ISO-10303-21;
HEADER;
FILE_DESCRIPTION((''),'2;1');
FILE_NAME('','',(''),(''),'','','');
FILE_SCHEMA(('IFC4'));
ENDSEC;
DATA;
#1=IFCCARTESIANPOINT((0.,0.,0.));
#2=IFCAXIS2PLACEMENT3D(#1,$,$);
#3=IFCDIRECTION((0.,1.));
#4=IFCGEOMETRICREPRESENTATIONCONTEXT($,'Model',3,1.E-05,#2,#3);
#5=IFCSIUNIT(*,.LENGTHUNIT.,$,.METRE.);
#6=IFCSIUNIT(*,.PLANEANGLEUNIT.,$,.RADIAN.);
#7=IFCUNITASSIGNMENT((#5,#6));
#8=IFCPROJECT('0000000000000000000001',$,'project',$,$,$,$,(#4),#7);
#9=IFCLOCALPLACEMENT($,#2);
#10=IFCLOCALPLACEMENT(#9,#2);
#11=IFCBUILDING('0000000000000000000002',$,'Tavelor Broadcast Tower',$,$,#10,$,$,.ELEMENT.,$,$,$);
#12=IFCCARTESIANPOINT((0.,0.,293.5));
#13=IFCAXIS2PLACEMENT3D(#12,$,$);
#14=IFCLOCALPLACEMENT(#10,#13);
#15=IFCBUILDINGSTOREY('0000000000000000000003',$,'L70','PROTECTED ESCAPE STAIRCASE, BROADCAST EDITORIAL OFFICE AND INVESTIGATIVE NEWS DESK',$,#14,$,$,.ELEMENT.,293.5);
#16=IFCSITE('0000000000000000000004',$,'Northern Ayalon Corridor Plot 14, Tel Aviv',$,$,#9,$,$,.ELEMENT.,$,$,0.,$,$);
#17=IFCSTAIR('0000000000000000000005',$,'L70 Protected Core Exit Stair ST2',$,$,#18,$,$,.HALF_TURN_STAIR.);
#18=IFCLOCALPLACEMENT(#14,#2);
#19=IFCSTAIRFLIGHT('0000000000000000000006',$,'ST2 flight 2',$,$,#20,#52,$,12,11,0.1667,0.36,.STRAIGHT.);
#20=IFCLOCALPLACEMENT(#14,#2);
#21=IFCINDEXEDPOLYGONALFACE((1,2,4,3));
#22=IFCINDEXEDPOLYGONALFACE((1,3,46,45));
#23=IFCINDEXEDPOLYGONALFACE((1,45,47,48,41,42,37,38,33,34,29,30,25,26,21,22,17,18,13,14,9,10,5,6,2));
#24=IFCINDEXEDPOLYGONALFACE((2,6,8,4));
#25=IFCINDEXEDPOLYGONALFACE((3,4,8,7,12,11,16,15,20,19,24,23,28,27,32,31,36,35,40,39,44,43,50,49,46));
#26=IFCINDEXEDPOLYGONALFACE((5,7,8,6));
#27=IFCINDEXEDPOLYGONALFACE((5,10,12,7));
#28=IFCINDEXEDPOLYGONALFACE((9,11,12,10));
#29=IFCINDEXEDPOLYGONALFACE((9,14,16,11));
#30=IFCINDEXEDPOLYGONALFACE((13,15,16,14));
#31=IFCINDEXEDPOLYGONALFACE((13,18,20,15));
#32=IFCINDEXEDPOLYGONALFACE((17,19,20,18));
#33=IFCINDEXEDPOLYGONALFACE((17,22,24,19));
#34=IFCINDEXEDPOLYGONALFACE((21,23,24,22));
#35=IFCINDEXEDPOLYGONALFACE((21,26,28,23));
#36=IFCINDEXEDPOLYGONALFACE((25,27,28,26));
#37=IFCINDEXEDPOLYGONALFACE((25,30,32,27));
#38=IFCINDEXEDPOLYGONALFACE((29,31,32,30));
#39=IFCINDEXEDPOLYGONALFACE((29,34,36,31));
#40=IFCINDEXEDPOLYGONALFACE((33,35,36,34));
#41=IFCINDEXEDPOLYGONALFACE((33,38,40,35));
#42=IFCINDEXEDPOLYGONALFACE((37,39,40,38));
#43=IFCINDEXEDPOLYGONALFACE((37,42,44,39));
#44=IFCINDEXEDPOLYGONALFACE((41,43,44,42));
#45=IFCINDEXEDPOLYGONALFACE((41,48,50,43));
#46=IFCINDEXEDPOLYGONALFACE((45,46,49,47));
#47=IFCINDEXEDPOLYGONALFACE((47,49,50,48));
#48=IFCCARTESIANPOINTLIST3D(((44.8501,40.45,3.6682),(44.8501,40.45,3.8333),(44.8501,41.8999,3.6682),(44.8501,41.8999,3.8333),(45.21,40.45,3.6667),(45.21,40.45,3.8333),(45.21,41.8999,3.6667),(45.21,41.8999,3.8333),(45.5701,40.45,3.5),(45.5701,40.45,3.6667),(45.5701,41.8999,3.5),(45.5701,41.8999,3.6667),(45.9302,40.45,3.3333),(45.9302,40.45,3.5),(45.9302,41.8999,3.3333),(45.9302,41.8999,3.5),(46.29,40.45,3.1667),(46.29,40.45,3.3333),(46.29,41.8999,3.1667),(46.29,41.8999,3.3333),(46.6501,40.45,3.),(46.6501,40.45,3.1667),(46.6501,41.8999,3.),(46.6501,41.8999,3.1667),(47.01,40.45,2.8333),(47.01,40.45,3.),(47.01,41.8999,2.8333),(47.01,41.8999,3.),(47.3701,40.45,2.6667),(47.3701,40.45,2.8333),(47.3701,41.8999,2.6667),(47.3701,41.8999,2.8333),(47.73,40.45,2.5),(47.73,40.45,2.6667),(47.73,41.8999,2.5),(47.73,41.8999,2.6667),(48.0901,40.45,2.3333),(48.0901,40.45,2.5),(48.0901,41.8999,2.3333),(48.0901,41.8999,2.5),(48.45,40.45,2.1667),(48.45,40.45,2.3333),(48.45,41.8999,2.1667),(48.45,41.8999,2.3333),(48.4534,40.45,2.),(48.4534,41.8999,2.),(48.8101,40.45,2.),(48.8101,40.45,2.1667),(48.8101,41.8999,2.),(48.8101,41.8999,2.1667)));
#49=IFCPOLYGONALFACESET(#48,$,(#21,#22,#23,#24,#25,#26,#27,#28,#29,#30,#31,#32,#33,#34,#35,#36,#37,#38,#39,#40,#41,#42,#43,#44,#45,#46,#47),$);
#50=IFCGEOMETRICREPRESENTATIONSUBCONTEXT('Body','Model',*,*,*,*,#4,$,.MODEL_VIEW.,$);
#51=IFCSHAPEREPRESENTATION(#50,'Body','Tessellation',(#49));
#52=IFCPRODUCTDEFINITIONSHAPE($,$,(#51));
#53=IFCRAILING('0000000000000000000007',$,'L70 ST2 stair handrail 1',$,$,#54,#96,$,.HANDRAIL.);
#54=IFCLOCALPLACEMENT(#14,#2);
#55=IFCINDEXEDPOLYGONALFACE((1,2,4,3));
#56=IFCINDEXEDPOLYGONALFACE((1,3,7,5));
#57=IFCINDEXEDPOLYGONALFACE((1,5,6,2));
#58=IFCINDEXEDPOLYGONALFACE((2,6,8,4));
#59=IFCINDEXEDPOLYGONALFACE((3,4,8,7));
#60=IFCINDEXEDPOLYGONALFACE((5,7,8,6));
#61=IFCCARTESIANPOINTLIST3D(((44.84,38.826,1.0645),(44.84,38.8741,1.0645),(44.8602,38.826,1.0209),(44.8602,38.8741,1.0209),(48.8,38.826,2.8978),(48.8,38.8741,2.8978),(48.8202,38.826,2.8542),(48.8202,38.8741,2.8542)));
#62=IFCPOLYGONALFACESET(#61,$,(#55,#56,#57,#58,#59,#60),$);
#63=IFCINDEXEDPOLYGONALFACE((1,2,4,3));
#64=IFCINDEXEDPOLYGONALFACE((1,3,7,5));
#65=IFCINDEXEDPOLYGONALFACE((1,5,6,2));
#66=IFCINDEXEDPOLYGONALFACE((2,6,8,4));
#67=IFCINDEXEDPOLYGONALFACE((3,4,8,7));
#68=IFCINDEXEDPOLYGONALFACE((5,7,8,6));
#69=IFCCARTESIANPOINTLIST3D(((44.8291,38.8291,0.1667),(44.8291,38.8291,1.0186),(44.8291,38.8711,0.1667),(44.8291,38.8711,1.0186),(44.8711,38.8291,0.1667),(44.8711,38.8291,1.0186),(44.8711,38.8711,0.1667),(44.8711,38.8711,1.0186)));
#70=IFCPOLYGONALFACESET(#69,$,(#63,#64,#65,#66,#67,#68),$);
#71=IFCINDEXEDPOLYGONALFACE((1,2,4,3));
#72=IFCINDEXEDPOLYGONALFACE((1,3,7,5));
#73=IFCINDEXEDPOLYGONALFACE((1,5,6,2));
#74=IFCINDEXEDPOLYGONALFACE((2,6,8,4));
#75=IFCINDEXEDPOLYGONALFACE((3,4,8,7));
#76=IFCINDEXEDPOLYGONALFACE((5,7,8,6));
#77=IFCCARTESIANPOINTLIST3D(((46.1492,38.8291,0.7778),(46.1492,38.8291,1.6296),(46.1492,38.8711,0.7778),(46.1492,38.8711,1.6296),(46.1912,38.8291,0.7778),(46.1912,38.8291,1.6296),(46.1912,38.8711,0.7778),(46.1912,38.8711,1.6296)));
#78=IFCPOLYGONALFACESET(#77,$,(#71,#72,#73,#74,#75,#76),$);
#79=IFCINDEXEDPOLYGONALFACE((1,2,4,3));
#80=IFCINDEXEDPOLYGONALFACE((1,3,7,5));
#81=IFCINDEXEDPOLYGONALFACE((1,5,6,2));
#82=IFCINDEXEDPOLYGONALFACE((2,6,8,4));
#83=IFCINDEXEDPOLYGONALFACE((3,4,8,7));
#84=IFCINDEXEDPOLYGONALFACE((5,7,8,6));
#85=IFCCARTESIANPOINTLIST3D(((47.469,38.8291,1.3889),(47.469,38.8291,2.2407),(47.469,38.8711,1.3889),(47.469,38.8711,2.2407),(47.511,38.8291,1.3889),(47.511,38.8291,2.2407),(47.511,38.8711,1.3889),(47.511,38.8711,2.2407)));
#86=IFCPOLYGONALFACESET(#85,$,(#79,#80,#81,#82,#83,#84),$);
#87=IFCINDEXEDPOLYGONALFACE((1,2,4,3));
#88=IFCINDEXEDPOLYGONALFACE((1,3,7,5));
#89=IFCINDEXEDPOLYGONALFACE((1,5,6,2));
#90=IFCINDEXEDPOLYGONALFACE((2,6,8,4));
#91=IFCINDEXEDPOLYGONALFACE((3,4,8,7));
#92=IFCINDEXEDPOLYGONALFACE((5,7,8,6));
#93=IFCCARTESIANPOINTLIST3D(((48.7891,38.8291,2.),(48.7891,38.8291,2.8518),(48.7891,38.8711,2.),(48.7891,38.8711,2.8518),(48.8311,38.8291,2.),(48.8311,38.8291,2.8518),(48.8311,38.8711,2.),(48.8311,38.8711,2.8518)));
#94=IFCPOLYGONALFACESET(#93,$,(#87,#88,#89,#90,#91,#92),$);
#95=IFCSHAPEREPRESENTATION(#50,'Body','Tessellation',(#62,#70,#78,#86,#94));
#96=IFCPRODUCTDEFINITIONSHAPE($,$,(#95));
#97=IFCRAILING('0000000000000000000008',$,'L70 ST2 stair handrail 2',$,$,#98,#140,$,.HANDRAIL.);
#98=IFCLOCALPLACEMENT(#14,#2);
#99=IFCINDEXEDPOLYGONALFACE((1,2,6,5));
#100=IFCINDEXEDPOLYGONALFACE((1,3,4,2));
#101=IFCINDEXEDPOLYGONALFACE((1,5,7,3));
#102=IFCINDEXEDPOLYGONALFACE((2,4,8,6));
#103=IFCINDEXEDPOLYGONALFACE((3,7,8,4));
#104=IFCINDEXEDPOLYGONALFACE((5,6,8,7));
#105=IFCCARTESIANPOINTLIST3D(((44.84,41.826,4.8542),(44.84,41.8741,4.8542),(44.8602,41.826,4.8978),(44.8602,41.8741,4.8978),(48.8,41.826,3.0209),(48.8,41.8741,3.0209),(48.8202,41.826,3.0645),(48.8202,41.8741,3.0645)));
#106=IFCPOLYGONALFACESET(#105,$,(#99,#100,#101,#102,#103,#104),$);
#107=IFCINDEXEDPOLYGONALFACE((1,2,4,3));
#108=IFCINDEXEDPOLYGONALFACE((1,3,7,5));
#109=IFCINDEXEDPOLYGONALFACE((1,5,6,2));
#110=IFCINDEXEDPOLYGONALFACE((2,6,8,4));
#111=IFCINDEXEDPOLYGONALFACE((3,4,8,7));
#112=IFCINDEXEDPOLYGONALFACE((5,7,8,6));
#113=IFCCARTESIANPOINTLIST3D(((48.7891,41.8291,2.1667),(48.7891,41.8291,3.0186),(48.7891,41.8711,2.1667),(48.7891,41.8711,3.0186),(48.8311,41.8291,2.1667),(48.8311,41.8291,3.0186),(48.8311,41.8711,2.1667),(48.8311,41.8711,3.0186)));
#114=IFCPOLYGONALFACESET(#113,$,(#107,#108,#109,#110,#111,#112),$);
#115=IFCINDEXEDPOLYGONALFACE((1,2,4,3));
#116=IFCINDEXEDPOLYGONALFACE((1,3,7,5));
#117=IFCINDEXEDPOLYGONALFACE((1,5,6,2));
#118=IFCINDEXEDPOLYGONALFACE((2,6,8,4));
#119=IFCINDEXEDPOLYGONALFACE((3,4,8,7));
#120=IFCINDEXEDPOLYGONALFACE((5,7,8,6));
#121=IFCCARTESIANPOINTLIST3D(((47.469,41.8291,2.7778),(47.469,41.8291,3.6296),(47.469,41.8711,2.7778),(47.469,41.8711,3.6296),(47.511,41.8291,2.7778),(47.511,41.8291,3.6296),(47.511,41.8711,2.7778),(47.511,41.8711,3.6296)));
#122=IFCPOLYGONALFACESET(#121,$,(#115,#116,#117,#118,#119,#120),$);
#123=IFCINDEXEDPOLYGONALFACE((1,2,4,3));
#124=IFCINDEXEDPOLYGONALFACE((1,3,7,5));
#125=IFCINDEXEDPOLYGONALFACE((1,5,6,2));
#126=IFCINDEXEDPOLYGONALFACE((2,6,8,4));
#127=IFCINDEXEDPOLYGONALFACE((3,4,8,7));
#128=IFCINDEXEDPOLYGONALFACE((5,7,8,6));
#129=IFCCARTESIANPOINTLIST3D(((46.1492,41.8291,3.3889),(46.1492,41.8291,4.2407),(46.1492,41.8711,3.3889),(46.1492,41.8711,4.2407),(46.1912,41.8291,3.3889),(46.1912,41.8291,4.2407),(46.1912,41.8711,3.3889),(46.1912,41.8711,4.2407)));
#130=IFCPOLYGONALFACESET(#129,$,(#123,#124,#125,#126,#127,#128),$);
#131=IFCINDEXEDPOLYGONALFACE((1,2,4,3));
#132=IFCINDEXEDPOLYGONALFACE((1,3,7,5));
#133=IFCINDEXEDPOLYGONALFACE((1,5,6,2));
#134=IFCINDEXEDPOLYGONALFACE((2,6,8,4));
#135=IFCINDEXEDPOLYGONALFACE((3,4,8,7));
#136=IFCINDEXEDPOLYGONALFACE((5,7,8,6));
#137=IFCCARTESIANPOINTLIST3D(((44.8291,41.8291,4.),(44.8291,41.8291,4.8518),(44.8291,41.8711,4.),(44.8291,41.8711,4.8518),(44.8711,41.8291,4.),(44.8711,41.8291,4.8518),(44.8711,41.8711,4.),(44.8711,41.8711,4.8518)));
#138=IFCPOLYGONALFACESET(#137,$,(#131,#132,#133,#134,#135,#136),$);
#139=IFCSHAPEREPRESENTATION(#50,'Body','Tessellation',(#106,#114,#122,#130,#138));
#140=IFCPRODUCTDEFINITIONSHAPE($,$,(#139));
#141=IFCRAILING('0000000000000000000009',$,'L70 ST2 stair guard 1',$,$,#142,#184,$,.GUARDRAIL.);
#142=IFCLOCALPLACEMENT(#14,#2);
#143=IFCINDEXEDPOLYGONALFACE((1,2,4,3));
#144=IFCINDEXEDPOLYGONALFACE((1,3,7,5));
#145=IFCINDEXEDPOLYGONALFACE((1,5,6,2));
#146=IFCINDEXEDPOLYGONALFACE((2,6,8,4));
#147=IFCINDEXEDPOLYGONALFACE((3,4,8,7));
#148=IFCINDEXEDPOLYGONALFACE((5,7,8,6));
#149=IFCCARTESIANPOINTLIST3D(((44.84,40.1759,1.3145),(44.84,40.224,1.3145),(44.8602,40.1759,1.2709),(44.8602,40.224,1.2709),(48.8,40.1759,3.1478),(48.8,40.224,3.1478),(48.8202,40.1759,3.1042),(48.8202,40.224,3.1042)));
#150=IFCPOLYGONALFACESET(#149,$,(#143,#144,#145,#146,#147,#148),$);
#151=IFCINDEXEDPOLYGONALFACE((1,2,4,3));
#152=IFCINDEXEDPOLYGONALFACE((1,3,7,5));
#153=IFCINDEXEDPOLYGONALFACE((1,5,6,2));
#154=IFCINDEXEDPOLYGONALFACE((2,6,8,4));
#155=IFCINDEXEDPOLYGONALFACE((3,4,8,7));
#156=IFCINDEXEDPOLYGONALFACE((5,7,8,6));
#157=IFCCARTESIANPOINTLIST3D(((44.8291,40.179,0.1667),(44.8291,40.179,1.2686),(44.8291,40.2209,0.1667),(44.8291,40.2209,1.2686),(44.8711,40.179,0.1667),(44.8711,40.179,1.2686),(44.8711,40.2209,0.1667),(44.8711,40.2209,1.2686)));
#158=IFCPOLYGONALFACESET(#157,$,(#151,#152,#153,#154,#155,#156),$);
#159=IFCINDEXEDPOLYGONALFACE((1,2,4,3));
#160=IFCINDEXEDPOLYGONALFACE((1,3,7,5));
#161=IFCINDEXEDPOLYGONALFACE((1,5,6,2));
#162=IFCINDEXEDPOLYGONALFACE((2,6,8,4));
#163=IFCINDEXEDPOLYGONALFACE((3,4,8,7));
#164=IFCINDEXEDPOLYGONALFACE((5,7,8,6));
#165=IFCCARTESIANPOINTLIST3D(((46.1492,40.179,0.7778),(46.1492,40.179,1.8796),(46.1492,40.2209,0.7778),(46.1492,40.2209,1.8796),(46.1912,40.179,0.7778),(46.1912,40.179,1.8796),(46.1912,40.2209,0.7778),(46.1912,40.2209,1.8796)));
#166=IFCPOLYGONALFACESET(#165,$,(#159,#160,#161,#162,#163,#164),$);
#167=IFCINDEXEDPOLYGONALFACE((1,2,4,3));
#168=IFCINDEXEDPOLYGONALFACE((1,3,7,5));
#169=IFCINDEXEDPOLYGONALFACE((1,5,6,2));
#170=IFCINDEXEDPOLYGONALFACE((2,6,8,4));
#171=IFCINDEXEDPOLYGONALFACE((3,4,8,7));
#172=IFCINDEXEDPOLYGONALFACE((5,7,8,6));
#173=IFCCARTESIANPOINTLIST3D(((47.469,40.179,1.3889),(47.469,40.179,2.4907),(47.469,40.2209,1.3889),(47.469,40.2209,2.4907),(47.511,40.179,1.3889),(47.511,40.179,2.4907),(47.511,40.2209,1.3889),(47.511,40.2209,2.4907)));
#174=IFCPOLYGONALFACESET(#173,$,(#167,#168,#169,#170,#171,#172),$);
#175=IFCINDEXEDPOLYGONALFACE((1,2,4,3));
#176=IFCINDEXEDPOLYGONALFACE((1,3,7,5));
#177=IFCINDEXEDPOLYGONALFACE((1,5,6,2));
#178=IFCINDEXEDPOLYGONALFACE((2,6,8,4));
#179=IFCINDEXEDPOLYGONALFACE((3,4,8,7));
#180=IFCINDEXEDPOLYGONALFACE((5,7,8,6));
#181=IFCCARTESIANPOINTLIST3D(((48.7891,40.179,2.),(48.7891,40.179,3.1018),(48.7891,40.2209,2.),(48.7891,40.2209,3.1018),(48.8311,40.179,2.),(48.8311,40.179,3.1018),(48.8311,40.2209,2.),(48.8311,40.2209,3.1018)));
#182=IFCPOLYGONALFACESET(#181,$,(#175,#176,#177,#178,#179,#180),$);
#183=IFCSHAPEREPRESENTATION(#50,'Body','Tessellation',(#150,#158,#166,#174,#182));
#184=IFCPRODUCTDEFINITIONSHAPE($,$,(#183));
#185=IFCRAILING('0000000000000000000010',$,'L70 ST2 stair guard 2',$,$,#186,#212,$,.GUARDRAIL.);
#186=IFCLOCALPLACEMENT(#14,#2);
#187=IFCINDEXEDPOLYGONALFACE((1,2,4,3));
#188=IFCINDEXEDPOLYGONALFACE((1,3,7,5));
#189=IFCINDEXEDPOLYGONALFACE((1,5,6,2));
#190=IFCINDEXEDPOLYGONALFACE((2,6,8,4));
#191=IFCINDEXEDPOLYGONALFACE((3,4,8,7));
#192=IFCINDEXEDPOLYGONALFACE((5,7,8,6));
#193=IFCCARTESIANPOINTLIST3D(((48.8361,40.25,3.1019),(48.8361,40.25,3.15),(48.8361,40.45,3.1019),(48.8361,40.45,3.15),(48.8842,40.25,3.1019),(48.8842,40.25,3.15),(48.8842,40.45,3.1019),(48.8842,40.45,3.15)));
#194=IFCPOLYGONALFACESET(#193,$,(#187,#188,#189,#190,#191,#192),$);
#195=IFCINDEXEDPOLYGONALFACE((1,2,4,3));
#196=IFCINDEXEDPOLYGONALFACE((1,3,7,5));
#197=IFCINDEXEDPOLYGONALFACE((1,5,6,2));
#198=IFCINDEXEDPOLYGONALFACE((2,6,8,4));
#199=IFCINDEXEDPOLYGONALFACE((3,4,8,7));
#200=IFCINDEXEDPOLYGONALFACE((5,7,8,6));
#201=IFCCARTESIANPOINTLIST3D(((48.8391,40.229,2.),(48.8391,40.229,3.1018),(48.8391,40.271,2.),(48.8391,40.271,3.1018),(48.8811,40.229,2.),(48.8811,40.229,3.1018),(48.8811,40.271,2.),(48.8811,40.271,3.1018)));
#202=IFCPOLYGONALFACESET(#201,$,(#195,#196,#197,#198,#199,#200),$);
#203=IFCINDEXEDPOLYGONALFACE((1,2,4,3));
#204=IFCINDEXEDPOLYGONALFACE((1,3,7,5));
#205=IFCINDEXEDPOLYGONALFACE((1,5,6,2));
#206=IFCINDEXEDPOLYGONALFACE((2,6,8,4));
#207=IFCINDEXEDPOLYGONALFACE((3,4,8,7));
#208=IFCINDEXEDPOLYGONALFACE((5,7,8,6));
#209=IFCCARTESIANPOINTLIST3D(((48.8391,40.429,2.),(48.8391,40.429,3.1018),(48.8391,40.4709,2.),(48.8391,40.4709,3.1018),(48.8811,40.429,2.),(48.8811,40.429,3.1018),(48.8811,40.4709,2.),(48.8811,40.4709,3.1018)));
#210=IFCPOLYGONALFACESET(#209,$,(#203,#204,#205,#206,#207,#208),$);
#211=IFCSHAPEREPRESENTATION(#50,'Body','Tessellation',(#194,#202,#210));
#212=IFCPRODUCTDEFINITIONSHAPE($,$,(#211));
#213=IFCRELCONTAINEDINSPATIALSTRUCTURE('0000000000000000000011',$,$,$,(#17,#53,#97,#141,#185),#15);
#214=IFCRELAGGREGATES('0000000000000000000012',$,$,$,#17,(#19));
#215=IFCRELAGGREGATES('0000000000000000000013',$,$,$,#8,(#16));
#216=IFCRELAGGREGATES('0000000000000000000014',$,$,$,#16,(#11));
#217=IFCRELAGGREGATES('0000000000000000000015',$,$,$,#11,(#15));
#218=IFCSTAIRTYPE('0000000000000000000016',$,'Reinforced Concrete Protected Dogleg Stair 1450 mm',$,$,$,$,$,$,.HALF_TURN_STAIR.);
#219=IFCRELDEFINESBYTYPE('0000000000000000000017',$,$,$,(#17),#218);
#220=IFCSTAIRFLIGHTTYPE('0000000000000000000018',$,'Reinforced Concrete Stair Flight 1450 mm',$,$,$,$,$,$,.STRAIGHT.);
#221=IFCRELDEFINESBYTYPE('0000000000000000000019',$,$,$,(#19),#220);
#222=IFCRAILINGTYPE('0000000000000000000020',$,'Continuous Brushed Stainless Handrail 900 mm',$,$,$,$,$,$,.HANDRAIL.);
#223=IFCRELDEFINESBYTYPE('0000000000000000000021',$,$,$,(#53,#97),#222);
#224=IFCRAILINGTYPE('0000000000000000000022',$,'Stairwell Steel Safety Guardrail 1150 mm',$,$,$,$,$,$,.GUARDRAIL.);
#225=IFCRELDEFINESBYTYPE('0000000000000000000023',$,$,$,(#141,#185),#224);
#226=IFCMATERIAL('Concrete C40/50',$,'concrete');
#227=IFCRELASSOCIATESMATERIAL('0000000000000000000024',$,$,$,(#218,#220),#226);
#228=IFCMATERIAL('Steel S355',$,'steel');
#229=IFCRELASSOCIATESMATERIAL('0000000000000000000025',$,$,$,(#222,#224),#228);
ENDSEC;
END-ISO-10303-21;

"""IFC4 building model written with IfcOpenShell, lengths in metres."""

from ifc_helpers import new_model, si_unit, direction, frame, origin, origin_2d, place, context, subcontext, project, spatial, polyline, rectangle, outline, extrude, material, type_object, element, aggregate, save


model = new_model("IFC4")

# Units and contexts
model_context = context("Model", 3, precision=1e-05, world=origin(), true_north=direction((0.0, 1.0)))
body_context = subcontext(model_context, "Body", "Model", "MODEL_VIEW")
ifc_project = project(units=[si_unit("LENGTHUNIT", "METRE"), si_unit("PLANEANGLEUNIT", "RADIAN")], contexts=[model_context])

# Site, building, storey
site_placement = place(None, origin())
site = spatial("IfcSite", under=ifc_project, at=site_placement, Name="Northern Ayalon Corridor Plot 14, Tel Aviv", CompositionType="ELEMENT", RefElevation=0.0)
building_placement = place(site_placement, origin())
building = spatial("IfcBuilding", under=site, at=building_placement, Name="Tavelor Broadcast Tower", CompositionType="ELEMENT")
storey_placement = place(building_placement, frame((0.0, 0.0, 293.5)))
storey = spatial("IfcBuildingStorey", under=building, at=storey_placement, Name="L70", Description="PROTECTED ESCAPE STAIRCASE, BROADCAST EDITORIAL OFFICE AND INVESTIGATIVE NEWS DESK", CompositionType="ELEMENT", Elevation=293.5)

# Shared definitions
ifc_material_1 = material(Name="Concrete C40/50", Category="concrete")
ifc_material_2 = material(Name="Steel S355", Category="steel")

# Stair, stair flight
stair_type = type_object("IfcStairType", Name="Reinforced Concrete Protected Dogleg Stair 1450 mm", PredefinedType="HALF_TURN_STAIR", material=ifc_material_1)
stair_placement = place(storey_placement, origin())
stair = element("IfcStair", 1, at=stair_placement, inside=storey, type_object=stair_type, Name="L70 Protected Core Exit Stair ST2", PredefinedType="HALF_TURN_STAIR")
stair_flight_type = type_object("IfcStairFlightType", Name="Reinforced Concrete Stair Flight 1450 mm", PredefinedType="STRAIGHT", material=ifc_material_1)
stair_flight_1_placement = place(storey_placement, frame((48.8101, 41.175, 2.0), z_axis=(0.0, 0.0, 1.0), x_axis=(-1.0, 0.0, 0.0)))
stair_flight_1 = element("IfcStairFlight", 2, at=stair_flight_1_placement, type_object=stair_flight_type, Name="ST2 flight 2", NumberOfRisers=12, NumberOfTreads=11, PredefinedType="STRAIGHT", RiserHeight=0.1667, TreadLength=0.36, context=body_context, shape_type="SweptSolid", body=[
    extrude(outline(polyline([(0.0, 0.0), (0.0, 0.1667), (0.3601, 0.1667), (0.3601, 0.3333), (0.72, 0.3333), (0.72, 0.5), (1.0801, 0.5), (1.0801, 0.6667), (1.4399, 0.6667), (1.4399, 0.8333), (1.8, 0.8333), (1.8, 1.0), (2.1599, 1.0), (2.1599, 1.1667), (2.52, 1.1667), (2.52, 1.3333), (2.8799, 1.3333), (2.8799, 1.5), (3.24, 1.5), (3.24, 1.6667), (3.6001, 1.6667), (3.6001, 1.8333), (3.96, 1.8333), (3.96, 2.0), (3.96, 1.6682), (0.3567, 0.0), (0.0, 0.0)])), frame((0.0, 0.7251, 0.0), z_axis=(0.0, -1.0, 0.0), x_axis=(1.0, 0.0, 0.0)), (0.0, 0.0, 1.0), 1.45),
])
aggregate(stair, [stair_flight_1])

# Railings
railing_type_1 = type_object("IfcRailingType", Name="Continuous Brushed Stainless Handrail 900 mm", PredefinedType="HANDRAIL", material=ifc_material_2)
railing_1_placement = place(storey_placement, frame((44.8501, 38.8501, 0.1667)))
element("IfcRailing", 3, at=railing_1_placement, inside=storey, type_object=railing_type_1, Name="L70 ST2 stair handrail 1", PredefinedType="HANDRAIL", context=body_context, shape_type="SweptSolid", body=[
    extrude(rectangle(XDim=0.0481, YDim=0.0481, at=origin_2d()), frame((0.0, 0.0, 0.876), z_axis=(0.907472, 0.0, 0.420112), x_axis=(0.0, 1.0, 0.0)), (0.0, 0.0, 1.0), 4.3638),
    extrude(rectangle(XDim=0.042, YDim=0.042, at=origin_2d()), origin(), (0.0, 0.0, 1.0), 0.8518),
    extrude(rectangle(XDim=0.042, YDim=0.042, at=origin_2d()), frame((1.3201, 0.0, 0.6111)), (0.0, 0.0, 1.0), 0.8518),
    extrude(rectangle(XDim=0.042, YDim=0.042, at=origin_2d()), frame((2.6399, 0.0, 1.2222)), (0.0, 0.0, 1.0), 0.8518),
    extrude(rectangle(XDim=0.042, YDim=0.042, at=origin_2d()), frame((3.96, 0.0, 1.8333)), (0.0, 0.0, 1.0), 0.8518),
])
railing_2_placement = place(storey_placement, frame((48.8101, 41.8501, 2.1667)))
element("IfcRailing", 4, at=railing_2_placement, inside=storey, type_object=railing_type_1, Name="L70 ST2 stair handrail 2", PredefinedType="HANDRAIL", context=body_context, shape_type="SweptSolid", body=[
    extrude(rectangle(XDim=0.0481, YDim=0.0481, at=origin_2d()), frame((0.0, 0.0, 0.876), z_axis=(-0.907472, 0.0, 0.420112), x_axis=(0.0, -1.0, 0.0)), (0.0, 0.0, 1.0), 4.3638),
    extrude(rectangle(XDim=0.042, YDim=0.042, at=origin_2d()), origin(), (0.0, 0.0, 1.0), 0.8518),
    extrude(rectangle(XDim=0.042, YDim=0.042, at=origin_2d()), frame((-1.3201, 0.0, 0.6111)), (0.0, 0.0, 1.0), 0.8518),
    extrude(rectangle(XDim=0.042, YDim=0.042, at=origin_2d()), frame((-2.6399, 0.0, 1.2222)), (0.0, 0.0, 1.0), 0.8518),
    extrude(rectangle(XDim=0.042, YDim=0.042, at=origin_2d()), frame((-3.96, 0.0, 1.8333)), (0.0, 0.0, 1.0), 0.8518),
])
railing_type_2 = type_object("IfcRailingType", Name="Stairwell Steel Safety Guardrail 1150 mm", PredefinedType="GUARDRAIL", material=ifc_material_2)
railing_3_placement = place(storey_placement, frame((44.8501, 40.2, 0.1667)))
element("IfcRailing", 5, at=railing_3_placement, inside=storey, type_object=railing_type_2, Name="L70 ST2 stair guard 1", PredefinedType="GUARDRAIL", context=body_context, shape_type="SweptSolid", body=[
    extrude(rectangle(XDim=0.0481, YDim=0.0481, at=origin_2d()), frame((0.0, 0.0, 1.126), z_axis=(0.907472, 0.0, 0.420112), x_axis=(0.0, 1.0, 0.0)), (0.0, 0.0, 1.0), 4.3638),
    extrude(rectangle(XDim=0.042, YDim=0.042, at=origin_2d()), origin(), (0.0, 0.0, 1.0), 1.1018),
    extrude(rectangle(XDim=0.042, YDim=0.042, at=origin_2d()), frame((1.3201, 0.0, 0.6111)), (0.0, 0.0, 1.0), 1.1018),
    extrude(rectangle(XDim=0.042, YDim=0.042, at=origin_2d()), frame((2.6399, 0.0, 1.2222)), (0.0, 0.0, 1.0), 1.1018),
    extrude(rectangle(XDim=0.042, YDim=0.042, at=origin_2d()), frame((3.96, 0.0, 1.8333)), (0.0, 0.0, 1.0), 1.1018),
])
railing_4_placement = place(storey_placement, frame((48.8601, 40.25, 2.0)))
element("IfcRailing", 6, at=railing_4_placement, inside=storey, type_object=railing_type_2, Name="L70 ST2 stair guard 2", PredefinedType="GUARDRAIL", context=body_context, shape_type="SweptSolid", body=[
    extrude(rectangle(XDim=0.0481, YDim=0.0481, at=origin_2d()), frame((0.0, 0.0, 1.126), z_axis=(0.0, 1.0, 0.0), x_axis=(-1.0, 0.0, 0.0)), (0.0, 0.0, 1.0), 0.2),
    extrude(rectangle(XDim=0.042, YDim=0.042, at=origin_2d()), origin(), (0.0, 0.0, 1.0), 1.1018),
    extrude(rectangle(XDim=0.042, YDim=0.042, at=origin_2d()), frame((0.0, 0.2, 0.0)), (0.0, 0.0, 1.0), 1.1018),
])

save(model, "model.ifc")
